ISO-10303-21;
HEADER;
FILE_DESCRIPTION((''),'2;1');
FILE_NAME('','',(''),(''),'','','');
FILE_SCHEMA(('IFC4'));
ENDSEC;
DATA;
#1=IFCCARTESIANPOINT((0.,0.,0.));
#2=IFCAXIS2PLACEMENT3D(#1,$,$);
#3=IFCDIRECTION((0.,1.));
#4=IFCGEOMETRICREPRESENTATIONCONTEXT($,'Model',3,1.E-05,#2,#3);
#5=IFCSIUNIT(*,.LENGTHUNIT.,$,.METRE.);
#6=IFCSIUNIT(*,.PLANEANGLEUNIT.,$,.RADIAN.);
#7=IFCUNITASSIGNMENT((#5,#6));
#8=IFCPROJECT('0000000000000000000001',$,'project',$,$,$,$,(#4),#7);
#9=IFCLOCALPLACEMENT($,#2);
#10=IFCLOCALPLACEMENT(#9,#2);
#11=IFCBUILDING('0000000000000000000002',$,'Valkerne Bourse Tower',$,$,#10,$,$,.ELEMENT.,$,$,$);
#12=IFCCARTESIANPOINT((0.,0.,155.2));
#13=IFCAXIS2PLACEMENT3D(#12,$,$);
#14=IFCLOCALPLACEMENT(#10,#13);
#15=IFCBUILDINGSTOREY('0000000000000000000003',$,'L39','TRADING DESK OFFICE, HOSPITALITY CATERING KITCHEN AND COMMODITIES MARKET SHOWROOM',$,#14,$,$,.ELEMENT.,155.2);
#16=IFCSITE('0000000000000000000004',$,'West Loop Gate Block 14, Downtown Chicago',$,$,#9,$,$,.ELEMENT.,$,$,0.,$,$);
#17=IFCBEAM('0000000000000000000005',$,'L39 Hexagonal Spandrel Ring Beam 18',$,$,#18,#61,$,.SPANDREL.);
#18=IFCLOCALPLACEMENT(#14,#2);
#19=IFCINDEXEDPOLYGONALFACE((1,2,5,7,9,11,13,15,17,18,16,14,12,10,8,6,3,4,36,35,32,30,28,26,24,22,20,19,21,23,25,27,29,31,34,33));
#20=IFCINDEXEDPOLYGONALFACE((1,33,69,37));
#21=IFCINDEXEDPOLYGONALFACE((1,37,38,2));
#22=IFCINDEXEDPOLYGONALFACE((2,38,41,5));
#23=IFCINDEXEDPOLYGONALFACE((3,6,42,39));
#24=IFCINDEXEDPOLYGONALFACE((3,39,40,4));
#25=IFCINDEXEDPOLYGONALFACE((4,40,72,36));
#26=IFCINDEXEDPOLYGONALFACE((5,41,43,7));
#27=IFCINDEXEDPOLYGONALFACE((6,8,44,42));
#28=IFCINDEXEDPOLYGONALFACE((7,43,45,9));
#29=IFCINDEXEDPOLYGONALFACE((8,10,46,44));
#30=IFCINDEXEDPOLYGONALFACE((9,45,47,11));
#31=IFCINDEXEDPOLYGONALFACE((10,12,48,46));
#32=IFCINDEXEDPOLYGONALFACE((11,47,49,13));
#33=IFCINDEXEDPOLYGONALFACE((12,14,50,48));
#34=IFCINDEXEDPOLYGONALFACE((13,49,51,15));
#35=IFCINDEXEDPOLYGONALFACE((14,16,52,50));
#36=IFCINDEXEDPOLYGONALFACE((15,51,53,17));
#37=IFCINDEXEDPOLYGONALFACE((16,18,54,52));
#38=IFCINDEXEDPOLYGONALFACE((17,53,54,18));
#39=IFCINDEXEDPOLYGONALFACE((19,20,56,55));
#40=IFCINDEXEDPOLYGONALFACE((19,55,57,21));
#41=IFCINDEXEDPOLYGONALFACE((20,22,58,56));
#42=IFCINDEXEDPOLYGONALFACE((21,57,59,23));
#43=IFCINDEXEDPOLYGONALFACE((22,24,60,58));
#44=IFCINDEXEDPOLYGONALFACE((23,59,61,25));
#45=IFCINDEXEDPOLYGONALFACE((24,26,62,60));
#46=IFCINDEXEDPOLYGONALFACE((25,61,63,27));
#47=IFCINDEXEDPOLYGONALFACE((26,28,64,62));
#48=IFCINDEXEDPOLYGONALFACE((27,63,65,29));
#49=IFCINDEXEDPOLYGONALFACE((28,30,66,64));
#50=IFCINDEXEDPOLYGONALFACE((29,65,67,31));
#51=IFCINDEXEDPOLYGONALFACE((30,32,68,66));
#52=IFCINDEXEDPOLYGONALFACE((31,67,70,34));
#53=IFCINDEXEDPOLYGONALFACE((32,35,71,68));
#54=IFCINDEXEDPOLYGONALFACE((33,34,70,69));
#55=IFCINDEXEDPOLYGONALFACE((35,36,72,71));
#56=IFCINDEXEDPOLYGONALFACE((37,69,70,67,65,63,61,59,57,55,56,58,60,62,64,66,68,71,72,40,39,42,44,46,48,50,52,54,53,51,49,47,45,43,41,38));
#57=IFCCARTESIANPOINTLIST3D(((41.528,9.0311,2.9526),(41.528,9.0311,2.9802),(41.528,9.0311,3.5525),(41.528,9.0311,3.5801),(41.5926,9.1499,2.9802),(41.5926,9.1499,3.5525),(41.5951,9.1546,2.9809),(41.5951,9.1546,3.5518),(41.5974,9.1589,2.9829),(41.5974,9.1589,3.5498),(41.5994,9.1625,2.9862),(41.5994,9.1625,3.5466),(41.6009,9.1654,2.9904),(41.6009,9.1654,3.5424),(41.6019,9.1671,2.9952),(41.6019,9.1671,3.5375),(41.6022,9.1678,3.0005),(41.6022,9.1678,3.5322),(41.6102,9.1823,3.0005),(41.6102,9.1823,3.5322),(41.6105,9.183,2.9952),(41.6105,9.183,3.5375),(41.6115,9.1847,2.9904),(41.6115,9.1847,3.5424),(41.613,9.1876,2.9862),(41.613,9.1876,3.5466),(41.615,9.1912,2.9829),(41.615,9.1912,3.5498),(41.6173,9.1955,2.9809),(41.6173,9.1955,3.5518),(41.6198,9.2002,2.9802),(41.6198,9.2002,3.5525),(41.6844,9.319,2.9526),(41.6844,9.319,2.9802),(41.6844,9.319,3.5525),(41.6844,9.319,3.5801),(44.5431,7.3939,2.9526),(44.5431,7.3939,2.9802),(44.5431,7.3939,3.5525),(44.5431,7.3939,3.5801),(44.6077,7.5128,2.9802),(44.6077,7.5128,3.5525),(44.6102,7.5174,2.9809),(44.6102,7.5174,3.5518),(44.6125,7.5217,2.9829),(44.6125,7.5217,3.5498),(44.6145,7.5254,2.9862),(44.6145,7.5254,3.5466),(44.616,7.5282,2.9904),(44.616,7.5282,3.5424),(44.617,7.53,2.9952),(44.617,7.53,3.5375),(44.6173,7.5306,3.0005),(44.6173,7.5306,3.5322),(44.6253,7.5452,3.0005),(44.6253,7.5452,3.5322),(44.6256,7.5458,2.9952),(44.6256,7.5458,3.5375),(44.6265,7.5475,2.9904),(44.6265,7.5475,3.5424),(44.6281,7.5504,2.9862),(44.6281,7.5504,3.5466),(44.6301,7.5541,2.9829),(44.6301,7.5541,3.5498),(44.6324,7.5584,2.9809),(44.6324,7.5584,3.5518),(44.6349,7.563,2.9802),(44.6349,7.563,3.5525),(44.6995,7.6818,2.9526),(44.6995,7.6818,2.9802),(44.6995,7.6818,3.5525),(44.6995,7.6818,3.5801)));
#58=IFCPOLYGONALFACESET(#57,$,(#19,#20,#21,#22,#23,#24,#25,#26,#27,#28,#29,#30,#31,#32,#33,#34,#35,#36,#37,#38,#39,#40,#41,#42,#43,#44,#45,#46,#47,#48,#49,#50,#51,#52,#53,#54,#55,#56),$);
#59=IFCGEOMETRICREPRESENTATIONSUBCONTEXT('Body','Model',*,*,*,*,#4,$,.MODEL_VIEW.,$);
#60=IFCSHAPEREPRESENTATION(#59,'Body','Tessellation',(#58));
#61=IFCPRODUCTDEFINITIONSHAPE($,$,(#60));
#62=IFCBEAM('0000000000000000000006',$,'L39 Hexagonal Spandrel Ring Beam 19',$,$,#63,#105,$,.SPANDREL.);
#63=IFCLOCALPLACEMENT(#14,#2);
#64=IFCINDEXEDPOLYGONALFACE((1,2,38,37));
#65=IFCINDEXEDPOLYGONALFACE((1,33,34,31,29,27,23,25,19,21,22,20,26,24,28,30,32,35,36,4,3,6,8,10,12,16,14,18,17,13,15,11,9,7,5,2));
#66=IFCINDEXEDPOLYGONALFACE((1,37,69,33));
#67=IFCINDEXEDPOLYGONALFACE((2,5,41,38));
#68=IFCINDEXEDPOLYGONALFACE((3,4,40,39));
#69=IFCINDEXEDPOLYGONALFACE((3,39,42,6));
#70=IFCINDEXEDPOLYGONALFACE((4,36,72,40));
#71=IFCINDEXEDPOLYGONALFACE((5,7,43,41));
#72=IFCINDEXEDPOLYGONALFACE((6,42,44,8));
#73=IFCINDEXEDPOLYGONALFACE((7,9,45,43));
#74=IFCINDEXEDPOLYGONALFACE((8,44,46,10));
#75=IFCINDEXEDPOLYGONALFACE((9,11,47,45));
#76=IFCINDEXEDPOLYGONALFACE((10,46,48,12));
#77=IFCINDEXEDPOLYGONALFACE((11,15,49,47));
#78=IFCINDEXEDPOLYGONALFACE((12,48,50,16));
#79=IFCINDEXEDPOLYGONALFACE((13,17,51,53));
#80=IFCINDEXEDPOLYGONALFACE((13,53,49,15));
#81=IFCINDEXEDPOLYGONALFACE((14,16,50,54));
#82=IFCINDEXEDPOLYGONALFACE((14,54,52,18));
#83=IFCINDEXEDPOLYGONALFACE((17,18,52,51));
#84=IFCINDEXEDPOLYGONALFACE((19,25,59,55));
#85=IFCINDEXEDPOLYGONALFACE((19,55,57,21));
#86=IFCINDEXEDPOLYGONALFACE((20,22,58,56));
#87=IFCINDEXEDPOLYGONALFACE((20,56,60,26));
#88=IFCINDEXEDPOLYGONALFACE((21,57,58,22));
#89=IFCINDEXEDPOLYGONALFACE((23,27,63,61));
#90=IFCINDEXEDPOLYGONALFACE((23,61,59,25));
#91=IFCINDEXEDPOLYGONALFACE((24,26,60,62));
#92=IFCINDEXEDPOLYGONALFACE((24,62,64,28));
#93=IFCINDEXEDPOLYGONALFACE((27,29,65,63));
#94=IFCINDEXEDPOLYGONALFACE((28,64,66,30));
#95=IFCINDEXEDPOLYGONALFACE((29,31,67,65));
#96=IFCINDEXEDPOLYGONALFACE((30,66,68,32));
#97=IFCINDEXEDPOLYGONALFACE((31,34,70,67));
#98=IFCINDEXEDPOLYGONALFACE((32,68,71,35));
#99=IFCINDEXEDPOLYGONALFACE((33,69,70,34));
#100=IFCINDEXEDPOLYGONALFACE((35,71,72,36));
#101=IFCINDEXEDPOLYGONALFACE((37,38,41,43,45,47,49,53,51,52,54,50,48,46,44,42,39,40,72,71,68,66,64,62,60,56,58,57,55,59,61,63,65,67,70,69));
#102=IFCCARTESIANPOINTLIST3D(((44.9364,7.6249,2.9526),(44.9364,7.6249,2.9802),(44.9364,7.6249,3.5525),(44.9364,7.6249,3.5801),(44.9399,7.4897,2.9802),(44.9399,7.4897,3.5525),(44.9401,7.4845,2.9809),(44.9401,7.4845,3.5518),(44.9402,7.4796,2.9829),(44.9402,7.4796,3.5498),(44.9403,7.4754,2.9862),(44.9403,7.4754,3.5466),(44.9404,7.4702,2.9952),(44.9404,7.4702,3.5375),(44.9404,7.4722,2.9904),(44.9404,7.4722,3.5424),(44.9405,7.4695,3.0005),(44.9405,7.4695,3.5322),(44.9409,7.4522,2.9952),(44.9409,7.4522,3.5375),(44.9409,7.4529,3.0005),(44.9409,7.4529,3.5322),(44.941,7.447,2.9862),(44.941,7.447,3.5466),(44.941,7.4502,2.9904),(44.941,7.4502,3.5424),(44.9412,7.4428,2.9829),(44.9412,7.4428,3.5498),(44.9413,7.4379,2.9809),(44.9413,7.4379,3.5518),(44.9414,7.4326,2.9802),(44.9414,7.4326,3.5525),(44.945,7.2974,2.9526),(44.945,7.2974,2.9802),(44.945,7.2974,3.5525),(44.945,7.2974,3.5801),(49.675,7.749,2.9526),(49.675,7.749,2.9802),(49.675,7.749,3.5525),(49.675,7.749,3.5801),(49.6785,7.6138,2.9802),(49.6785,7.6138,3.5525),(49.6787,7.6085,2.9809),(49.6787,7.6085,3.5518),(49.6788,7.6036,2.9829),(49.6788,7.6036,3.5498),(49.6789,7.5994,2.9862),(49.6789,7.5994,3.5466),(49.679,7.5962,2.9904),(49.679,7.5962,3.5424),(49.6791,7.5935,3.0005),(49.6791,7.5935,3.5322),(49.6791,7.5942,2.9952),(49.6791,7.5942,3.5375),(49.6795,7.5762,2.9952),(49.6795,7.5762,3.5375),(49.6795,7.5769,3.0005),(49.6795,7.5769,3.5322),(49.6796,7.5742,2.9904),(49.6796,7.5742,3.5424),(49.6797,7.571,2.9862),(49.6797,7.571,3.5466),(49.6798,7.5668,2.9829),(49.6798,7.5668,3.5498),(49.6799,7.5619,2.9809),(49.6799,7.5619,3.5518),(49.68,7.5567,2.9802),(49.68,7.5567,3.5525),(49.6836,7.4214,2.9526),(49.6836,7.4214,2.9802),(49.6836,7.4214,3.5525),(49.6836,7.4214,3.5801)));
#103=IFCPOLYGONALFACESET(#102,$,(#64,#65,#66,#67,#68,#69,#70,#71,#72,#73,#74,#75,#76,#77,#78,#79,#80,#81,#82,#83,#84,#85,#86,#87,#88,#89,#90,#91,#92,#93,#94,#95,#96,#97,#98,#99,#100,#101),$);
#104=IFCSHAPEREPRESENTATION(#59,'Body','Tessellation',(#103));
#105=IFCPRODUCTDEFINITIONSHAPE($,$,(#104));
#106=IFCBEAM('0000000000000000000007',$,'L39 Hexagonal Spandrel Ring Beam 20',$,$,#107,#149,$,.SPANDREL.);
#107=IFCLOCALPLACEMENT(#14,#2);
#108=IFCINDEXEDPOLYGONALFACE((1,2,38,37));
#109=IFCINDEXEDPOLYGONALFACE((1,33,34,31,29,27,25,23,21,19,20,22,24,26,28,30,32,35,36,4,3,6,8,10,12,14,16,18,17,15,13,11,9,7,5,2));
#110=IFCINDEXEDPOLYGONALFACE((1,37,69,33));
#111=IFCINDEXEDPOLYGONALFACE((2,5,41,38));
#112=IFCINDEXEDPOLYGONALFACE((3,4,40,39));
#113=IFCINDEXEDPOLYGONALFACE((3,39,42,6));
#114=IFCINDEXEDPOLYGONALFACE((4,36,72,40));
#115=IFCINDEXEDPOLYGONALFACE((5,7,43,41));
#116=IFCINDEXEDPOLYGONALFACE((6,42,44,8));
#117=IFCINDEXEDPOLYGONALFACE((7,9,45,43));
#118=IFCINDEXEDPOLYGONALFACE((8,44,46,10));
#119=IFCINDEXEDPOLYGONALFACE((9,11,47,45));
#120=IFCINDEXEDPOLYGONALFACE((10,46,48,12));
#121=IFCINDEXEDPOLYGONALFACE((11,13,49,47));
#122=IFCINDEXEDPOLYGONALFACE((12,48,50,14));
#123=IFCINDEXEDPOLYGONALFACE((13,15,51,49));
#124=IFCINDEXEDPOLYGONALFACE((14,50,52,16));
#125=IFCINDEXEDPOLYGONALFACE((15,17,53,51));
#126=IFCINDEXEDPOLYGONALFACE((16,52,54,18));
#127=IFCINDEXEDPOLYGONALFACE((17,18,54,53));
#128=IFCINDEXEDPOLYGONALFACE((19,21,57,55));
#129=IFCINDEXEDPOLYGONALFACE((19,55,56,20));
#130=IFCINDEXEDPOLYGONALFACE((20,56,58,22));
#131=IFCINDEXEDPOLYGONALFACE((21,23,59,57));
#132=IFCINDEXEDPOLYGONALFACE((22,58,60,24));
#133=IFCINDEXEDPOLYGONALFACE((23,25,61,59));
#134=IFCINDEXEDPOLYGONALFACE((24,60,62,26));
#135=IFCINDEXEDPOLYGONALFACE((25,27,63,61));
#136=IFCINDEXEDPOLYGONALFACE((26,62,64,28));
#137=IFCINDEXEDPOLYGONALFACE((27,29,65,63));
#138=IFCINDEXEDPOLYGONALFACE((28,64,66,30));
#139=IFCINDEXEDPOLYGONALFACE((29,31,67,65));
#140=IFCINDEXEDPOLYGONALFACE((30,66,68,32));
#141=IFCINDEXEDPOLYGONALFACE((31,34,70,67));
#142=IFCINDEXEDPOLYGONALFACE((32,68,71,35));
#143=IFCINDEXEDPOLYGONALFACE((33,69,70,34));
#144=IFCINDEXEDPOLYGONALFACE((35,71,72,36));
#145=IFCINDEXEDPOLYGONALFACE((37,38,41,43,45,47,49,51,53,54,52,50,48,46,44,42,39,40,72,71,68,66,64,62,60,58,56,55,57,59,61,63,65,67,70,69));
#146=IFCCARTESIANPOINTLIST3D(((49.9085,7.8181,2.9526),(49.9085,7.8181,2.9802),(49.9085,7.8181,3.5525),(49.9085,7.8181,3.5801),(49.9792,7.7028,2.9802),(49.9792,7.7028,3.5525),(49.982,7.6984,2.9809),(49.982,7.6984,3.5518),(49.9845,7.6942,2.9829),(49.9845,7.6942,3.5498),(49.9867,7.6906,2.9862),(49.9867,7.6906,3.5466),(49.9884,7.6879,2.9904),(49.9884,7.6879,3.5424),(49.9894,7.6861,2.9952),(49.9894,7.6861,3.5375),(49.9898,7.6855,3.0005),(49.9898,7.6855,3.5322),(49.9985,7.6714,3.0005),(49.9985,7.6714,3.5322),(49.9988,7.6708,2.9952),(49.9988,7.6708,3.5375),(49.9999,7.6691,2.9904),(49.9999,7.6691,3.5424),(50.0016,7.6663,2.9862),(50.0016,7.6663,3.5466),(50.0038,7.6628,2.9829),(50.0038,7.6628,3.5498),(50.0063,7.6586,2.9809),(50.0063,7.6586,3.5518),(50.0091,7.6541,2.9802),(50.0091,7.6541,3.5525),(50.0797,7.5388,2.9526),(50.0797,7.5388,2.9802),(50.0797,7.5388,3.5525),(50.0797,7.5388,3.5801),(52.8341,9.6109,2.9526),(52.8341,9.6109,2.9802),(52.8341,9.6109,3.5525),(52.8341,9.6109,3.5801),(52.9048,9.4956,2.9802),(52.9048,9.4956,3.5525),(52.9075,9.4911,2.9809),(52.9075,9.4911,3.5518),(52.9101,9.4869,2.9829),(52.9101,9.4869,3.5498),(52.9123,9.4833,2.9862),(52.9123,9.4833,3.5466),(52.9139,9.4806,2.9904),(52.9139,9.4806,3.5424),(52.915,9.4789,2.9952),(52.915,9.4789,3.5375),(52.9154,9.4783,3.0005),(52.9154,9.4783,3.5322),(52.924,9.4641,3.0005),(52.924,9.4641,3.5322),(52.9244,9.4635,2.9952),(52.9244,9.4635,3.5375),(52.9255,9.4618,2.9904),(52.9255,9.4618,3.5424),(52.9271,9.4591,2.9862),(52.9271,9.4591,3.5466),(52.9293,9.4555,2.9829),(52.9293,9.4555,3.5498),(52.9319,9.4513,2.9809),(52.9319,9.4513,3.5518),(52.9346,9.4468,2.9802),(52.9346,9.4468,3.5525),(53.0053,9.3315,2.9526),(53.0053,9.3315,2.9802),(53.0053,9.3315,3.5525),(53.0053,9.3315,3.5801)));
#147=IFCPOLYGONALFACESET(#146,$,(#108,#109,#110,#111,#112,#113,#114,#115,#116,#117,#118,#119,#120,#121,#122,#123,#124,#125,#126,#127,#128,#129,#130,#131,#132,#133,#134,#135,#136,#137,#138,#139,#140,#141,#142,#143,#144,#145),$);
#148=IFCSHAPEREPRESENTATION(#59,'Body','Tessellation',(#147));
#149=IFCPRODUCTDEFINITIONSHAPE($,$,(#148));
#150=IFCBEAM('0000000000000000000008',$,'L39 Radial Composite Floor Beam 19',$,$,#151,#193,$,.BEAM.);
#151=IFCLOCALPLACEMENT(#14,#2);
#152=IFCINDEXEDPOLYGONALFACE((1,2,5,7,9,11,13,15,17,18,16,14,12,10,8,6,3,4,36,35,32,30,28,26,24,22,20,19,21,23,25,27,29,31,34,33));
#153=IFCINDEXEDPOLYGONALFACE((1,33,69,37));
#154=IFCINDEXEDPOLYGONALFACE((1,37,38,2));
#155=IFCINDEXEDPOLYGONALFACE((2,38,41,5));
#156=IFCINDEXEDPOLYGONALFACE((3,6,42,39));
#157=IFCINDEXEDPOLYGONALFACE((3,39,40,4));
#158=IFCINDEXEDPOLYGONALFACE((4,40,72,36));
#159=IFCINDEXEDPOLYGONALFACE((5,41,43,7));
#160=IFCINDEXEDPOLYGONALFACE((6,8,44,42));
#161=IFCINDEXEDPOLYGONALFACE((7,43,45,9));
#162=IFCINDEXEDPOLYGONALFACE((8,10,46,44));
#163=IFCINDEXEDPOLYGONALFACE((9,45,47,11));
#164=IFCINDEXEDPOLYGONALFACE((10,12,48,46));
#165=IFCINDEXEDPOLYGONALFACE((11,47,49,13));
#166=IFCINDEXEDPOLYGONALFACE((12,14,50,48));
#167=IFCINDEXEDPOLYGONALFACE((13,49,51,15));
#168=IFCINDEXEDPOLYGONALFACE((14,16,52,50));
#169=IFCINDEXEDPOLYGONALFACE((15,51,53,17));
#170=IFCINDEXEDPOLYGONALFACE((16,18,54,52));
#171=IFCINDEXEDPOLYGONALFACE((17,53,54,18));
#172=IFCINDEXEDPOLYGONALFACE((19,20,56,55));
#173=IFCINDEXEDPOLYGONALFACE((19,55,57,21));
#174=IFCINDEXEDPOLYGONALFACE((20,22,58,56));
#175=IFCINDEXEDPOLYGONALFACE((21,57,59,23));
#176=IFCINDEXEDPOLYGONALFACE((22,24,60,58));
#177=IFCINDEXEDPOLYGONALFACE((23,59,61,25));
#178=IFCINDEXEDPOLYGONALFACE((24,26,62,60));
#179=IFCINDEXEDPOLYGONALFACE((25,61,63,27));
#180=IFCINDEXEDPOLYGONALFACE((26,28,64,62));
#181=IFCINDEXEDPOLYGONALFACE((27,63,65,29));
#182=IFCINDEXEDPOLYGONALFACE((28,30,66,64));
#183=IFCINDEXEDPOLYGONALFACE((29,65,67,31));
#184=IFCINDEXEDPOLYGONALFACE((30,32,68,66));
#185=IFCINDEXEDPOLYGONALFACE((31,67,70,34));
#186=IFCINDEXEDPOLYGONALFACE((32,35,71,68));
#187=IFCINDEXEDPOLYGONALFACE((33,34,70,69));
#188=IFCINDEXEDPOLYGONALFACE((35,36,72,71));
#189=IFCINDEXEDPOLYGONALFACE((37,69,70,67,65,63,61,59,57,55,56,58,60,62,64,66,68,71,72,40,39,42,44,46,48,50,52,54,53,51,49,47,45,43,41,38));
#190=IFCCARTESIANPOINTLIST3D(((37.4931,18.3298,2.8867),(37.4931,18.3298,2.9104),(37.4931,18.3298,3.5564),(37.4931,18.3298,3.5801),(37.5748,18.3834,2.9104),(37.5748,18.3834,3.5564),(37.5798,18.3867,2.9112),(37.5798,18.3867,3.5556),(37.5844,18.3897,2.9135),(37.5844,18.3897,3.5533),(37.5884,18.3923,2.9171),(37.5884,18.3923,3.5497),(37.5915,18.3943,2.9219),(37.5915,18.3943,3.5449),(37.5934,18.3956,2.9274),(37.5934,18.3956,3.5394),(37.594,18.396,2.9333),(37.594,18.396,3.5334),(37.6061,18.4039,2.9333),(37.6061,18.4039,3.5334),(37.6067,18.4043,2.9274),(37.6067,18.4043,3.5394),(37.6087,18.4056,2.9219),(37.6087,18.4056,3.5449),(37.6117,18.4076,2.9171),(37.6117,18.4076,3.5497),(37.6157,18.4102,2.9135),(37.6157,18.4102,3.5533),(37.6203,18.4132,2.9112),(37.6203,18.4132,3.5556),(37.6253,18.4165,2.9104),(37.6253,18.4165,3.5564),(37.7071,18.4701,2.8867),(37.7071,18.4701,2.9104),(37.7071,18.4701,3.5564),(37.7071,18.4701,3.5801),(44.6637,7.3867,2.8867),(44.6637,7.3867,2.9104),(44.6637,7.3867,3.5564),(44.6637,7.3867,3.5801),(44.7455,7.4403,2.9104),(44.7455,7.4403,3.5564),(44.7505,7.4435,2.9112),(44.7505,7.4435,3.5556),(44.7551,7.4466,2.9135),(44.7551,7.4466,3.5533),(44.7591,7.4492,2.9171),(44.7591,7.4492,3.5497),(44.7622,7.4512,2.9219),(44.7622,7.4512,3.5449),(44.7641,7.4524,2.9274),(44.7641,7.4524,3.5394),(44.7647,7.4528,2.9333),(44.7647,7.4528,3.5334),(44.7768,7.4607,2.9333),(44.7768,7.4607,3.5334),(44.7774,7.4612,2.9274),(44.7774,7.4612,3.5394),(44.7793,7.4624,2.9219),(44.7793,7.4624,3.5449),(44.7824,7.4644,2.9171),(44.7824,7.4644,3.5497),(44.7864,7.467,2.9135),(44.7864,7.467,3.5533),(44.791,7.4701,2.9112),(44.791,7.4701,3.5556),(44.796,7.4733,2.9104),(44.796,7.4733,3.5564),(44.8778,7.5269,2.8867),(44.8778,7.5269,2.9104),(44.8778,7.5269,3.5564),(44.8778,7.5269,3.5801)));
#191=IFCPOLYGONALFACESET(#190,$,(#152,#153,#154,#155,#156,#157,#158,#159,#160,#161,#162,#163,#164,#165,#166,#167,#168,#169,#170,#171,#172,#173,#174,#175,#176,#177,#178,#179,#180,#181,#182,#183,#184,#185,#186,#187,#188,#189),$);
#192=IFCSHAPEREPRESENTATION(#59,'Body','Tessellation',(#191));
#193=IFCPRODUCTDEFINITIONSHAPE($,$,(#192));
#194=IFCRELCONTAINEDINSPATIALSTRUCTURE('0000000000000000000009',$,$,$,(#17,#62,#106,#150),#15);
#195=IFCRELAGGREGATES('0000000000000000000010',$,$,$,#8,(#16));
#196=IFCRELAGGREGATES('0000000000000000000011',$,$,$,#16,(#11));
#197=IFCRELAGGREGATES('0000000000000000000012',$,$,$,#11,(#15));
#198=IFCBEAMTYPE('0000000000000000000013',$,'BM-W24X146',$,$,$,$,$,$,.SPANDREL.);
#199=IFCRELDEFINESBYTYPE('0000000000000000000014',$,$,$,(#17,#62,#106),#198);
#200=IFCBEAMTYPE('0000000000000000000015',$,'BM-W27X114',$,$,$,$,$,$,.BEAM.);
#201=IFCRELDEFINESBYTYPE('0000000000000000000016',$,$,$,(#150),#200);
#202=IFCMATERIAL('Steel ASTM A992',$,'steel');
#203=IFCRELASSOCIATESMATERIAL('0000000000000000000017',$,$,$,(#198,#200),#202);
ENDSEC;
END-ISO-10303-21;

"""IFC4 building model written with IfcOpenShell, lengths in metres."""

from ifc_helpers import new_model, si_unit, direction, frame, origin, origin_2d, place, context, subcontext, project, spatial, i_section, extrude, material, material_profile, profile_set, type_object, element, save


model = new_model("IFC4")

# Units and contexts
model_context = context("Model", 3, precision=1e-05, world=origin(), true_north=direction((0.0, 1.0)))
body_context = subcontext(model_context, "Body", "Model", "MODEL_VIEW")
ifc_project = project(units=[si_unit("LENGTHUNIT", "METRE"), si_unit("PLANEANGLEUNIT", "RADIAN")], contexts=[model_context])

# Site, building, storey
site_placement = place(None, origin())
site = spatial("IfcSite", under=ifc_project, at=site_placement, Name="West Loop Gate Block 14, Downtown Chicago", CompositionType="ELEMENT", RefElevation=0.0)
building_placement = place(site_placement, origin())
building = spatial("IfcBuilding", under=site, at=building_placement, Name="Valkerne Bourse Tower", CompositionType="ELEMENT")
storey_placement = place(building_placement, frame((0.0, 0.0, 155.2)))
storey = spatial("IfcBuildingStorey", under=building, at=storey_placement, Name="L39", Description="TRADING DESK OFFICE, HOSPITALITY CATERING KITCHEN AND COMMODITIES MARKET SHOWROOM", CompositionType="ELEMENT", Elevation=155.2)

# Beams
ifc_material_1 = material(Name="Steel ASTM A992", Category="steel")
ifc_material_profile_1 = material_profile(ifc_material_1, i_section(OverallWidth=0.3276, OverallDepth=0.6274, WebThickness=0.0166, FlangeThickness=0.0276, FilletRadius=0.0203, at=origin_2d()), Name="W24X146")
ifc_profile_set_1 = profile_set([ifc_material_profile_1], Name="Steel ASTM A992")
beam_type_1 = type_object("IfcBeamType", Name="BM-W24X146", PredefinedType="SPANDREL", material=ifc_profile_set_1)
beam_1_placement = place(storey_placement, frame((41.6062, 9.175, 3.2664), z_axis=(0.878802, -0.477186, 0.0), x_axis=(0.477186, 0.878802, 0.0)))
element("IfcBeam", 1, at=beam_1_placement, inside=storey, type_object=beam_type_1, Name="L39 Hexagonal Spandrel Ring Beam 18", PredefinedType="SPANDREL", context=body_context, shape_type="SweptSolid", body=[
    extrude(i_section(OverallWidth=0.3276, OverallDepth=0.6274, WebThickness=0.0166, FlangeThickness=0.0276, FilletRadius=0.0203, at=origin_2d()), origin(), (0.0, 0.0, 1.0), 3.4309),
])
beam_2_placement = place(storey_placement, frame((44.9407, 7.4612, 3.2664), z_axis=(0.999658, 0.026164, 0.0), x_axis=(-0.026164, 0.999658, 0.0)))
element("IfcBeam", 2, at=beam_2_placement, inside=storey, type_object=beam_type_1, Name="L39 Hexagonal Spandrel Ring Beam 19", PredefinedType="SPANDREL", context=body_context, shape_type="SweptSolid", body=[
    extrude(i_section(OverallWidth=0.3276, OverallDepth=0.6274, WebThickness=0.0166, FlangeThickness=0.0276, FilletRadius=0.0203, at=origin_2d()), origin(), (0.0, 0.0, 1.0), 4.7402),
])
beam_3_placement = place(storey_placement, frame((49.9941, 7.6785, 3.2664), z_axis=(0.852646, 0.522489, 0.0), x_axis=(-0.522489, 0.852646, 0.0)))
element("IfcBeam", 3, at=beam_3_placement, inside=storey, type_object=beam_type_1, Name="L39 Hexagonal Spandrel Ring Beam 20", PredefinedType="SPANDREL", context=body_context, shape_type="SweptSolid", body=[
    extrude(i_section(OverallWidth=0.3276, OverallDepth=0.6274, WebThickness=0.0166, FlangeThickness=0.0276, FilletRadius=0.0203, at=origin_2d()), origin(), (0.0, 0.0, 1.0), 3.4312),
])
ifc_material_profile_2 = material_profile(ifc_material_1, i_section(OverallWidth=0.2559, OverallDepth=0.6934, WebThickness=0.0144, FlangeThickness=0.0237, FilletRadius=0.0229, at=origin_2d()), Name="W27X114")
ifc_profile_set_2 = profile_set([ifc_material_profile_2], Name="Steel ASTM A992")
beam_type_2 = type_object("IfcBeamType", Name="BM-W27X114", PredefinedType="BEAM", material=ifc_profile_set_2)
beam_4_placement = place(storey_placement, frame((44.7708, 7.4568, 3.2334), z_axis=(-0.548081, 0.836425, 0.0), x_axis=(-0.836425, -0.548081, 0.0)))
element("IfcBeam", 4, at=beam_4_placement, inside=storey, type_object=beam_type_2, Name="L39 Radial Composite Floor Beam 19", PredefinedType="BEAM", context=body_context, shape_type="SweptSolid", body=[
    extrude(i_section(OverallWidth=0.2559, OverallDepth=0.6934, WebThickness=0.0144, FlangeThickness=0.0237, FilletRadius=0.0229, at=origin_2d()), origin(), (0.0, 0.0, 1.0), 13.0833),
])

save(model, "model.ifc")
